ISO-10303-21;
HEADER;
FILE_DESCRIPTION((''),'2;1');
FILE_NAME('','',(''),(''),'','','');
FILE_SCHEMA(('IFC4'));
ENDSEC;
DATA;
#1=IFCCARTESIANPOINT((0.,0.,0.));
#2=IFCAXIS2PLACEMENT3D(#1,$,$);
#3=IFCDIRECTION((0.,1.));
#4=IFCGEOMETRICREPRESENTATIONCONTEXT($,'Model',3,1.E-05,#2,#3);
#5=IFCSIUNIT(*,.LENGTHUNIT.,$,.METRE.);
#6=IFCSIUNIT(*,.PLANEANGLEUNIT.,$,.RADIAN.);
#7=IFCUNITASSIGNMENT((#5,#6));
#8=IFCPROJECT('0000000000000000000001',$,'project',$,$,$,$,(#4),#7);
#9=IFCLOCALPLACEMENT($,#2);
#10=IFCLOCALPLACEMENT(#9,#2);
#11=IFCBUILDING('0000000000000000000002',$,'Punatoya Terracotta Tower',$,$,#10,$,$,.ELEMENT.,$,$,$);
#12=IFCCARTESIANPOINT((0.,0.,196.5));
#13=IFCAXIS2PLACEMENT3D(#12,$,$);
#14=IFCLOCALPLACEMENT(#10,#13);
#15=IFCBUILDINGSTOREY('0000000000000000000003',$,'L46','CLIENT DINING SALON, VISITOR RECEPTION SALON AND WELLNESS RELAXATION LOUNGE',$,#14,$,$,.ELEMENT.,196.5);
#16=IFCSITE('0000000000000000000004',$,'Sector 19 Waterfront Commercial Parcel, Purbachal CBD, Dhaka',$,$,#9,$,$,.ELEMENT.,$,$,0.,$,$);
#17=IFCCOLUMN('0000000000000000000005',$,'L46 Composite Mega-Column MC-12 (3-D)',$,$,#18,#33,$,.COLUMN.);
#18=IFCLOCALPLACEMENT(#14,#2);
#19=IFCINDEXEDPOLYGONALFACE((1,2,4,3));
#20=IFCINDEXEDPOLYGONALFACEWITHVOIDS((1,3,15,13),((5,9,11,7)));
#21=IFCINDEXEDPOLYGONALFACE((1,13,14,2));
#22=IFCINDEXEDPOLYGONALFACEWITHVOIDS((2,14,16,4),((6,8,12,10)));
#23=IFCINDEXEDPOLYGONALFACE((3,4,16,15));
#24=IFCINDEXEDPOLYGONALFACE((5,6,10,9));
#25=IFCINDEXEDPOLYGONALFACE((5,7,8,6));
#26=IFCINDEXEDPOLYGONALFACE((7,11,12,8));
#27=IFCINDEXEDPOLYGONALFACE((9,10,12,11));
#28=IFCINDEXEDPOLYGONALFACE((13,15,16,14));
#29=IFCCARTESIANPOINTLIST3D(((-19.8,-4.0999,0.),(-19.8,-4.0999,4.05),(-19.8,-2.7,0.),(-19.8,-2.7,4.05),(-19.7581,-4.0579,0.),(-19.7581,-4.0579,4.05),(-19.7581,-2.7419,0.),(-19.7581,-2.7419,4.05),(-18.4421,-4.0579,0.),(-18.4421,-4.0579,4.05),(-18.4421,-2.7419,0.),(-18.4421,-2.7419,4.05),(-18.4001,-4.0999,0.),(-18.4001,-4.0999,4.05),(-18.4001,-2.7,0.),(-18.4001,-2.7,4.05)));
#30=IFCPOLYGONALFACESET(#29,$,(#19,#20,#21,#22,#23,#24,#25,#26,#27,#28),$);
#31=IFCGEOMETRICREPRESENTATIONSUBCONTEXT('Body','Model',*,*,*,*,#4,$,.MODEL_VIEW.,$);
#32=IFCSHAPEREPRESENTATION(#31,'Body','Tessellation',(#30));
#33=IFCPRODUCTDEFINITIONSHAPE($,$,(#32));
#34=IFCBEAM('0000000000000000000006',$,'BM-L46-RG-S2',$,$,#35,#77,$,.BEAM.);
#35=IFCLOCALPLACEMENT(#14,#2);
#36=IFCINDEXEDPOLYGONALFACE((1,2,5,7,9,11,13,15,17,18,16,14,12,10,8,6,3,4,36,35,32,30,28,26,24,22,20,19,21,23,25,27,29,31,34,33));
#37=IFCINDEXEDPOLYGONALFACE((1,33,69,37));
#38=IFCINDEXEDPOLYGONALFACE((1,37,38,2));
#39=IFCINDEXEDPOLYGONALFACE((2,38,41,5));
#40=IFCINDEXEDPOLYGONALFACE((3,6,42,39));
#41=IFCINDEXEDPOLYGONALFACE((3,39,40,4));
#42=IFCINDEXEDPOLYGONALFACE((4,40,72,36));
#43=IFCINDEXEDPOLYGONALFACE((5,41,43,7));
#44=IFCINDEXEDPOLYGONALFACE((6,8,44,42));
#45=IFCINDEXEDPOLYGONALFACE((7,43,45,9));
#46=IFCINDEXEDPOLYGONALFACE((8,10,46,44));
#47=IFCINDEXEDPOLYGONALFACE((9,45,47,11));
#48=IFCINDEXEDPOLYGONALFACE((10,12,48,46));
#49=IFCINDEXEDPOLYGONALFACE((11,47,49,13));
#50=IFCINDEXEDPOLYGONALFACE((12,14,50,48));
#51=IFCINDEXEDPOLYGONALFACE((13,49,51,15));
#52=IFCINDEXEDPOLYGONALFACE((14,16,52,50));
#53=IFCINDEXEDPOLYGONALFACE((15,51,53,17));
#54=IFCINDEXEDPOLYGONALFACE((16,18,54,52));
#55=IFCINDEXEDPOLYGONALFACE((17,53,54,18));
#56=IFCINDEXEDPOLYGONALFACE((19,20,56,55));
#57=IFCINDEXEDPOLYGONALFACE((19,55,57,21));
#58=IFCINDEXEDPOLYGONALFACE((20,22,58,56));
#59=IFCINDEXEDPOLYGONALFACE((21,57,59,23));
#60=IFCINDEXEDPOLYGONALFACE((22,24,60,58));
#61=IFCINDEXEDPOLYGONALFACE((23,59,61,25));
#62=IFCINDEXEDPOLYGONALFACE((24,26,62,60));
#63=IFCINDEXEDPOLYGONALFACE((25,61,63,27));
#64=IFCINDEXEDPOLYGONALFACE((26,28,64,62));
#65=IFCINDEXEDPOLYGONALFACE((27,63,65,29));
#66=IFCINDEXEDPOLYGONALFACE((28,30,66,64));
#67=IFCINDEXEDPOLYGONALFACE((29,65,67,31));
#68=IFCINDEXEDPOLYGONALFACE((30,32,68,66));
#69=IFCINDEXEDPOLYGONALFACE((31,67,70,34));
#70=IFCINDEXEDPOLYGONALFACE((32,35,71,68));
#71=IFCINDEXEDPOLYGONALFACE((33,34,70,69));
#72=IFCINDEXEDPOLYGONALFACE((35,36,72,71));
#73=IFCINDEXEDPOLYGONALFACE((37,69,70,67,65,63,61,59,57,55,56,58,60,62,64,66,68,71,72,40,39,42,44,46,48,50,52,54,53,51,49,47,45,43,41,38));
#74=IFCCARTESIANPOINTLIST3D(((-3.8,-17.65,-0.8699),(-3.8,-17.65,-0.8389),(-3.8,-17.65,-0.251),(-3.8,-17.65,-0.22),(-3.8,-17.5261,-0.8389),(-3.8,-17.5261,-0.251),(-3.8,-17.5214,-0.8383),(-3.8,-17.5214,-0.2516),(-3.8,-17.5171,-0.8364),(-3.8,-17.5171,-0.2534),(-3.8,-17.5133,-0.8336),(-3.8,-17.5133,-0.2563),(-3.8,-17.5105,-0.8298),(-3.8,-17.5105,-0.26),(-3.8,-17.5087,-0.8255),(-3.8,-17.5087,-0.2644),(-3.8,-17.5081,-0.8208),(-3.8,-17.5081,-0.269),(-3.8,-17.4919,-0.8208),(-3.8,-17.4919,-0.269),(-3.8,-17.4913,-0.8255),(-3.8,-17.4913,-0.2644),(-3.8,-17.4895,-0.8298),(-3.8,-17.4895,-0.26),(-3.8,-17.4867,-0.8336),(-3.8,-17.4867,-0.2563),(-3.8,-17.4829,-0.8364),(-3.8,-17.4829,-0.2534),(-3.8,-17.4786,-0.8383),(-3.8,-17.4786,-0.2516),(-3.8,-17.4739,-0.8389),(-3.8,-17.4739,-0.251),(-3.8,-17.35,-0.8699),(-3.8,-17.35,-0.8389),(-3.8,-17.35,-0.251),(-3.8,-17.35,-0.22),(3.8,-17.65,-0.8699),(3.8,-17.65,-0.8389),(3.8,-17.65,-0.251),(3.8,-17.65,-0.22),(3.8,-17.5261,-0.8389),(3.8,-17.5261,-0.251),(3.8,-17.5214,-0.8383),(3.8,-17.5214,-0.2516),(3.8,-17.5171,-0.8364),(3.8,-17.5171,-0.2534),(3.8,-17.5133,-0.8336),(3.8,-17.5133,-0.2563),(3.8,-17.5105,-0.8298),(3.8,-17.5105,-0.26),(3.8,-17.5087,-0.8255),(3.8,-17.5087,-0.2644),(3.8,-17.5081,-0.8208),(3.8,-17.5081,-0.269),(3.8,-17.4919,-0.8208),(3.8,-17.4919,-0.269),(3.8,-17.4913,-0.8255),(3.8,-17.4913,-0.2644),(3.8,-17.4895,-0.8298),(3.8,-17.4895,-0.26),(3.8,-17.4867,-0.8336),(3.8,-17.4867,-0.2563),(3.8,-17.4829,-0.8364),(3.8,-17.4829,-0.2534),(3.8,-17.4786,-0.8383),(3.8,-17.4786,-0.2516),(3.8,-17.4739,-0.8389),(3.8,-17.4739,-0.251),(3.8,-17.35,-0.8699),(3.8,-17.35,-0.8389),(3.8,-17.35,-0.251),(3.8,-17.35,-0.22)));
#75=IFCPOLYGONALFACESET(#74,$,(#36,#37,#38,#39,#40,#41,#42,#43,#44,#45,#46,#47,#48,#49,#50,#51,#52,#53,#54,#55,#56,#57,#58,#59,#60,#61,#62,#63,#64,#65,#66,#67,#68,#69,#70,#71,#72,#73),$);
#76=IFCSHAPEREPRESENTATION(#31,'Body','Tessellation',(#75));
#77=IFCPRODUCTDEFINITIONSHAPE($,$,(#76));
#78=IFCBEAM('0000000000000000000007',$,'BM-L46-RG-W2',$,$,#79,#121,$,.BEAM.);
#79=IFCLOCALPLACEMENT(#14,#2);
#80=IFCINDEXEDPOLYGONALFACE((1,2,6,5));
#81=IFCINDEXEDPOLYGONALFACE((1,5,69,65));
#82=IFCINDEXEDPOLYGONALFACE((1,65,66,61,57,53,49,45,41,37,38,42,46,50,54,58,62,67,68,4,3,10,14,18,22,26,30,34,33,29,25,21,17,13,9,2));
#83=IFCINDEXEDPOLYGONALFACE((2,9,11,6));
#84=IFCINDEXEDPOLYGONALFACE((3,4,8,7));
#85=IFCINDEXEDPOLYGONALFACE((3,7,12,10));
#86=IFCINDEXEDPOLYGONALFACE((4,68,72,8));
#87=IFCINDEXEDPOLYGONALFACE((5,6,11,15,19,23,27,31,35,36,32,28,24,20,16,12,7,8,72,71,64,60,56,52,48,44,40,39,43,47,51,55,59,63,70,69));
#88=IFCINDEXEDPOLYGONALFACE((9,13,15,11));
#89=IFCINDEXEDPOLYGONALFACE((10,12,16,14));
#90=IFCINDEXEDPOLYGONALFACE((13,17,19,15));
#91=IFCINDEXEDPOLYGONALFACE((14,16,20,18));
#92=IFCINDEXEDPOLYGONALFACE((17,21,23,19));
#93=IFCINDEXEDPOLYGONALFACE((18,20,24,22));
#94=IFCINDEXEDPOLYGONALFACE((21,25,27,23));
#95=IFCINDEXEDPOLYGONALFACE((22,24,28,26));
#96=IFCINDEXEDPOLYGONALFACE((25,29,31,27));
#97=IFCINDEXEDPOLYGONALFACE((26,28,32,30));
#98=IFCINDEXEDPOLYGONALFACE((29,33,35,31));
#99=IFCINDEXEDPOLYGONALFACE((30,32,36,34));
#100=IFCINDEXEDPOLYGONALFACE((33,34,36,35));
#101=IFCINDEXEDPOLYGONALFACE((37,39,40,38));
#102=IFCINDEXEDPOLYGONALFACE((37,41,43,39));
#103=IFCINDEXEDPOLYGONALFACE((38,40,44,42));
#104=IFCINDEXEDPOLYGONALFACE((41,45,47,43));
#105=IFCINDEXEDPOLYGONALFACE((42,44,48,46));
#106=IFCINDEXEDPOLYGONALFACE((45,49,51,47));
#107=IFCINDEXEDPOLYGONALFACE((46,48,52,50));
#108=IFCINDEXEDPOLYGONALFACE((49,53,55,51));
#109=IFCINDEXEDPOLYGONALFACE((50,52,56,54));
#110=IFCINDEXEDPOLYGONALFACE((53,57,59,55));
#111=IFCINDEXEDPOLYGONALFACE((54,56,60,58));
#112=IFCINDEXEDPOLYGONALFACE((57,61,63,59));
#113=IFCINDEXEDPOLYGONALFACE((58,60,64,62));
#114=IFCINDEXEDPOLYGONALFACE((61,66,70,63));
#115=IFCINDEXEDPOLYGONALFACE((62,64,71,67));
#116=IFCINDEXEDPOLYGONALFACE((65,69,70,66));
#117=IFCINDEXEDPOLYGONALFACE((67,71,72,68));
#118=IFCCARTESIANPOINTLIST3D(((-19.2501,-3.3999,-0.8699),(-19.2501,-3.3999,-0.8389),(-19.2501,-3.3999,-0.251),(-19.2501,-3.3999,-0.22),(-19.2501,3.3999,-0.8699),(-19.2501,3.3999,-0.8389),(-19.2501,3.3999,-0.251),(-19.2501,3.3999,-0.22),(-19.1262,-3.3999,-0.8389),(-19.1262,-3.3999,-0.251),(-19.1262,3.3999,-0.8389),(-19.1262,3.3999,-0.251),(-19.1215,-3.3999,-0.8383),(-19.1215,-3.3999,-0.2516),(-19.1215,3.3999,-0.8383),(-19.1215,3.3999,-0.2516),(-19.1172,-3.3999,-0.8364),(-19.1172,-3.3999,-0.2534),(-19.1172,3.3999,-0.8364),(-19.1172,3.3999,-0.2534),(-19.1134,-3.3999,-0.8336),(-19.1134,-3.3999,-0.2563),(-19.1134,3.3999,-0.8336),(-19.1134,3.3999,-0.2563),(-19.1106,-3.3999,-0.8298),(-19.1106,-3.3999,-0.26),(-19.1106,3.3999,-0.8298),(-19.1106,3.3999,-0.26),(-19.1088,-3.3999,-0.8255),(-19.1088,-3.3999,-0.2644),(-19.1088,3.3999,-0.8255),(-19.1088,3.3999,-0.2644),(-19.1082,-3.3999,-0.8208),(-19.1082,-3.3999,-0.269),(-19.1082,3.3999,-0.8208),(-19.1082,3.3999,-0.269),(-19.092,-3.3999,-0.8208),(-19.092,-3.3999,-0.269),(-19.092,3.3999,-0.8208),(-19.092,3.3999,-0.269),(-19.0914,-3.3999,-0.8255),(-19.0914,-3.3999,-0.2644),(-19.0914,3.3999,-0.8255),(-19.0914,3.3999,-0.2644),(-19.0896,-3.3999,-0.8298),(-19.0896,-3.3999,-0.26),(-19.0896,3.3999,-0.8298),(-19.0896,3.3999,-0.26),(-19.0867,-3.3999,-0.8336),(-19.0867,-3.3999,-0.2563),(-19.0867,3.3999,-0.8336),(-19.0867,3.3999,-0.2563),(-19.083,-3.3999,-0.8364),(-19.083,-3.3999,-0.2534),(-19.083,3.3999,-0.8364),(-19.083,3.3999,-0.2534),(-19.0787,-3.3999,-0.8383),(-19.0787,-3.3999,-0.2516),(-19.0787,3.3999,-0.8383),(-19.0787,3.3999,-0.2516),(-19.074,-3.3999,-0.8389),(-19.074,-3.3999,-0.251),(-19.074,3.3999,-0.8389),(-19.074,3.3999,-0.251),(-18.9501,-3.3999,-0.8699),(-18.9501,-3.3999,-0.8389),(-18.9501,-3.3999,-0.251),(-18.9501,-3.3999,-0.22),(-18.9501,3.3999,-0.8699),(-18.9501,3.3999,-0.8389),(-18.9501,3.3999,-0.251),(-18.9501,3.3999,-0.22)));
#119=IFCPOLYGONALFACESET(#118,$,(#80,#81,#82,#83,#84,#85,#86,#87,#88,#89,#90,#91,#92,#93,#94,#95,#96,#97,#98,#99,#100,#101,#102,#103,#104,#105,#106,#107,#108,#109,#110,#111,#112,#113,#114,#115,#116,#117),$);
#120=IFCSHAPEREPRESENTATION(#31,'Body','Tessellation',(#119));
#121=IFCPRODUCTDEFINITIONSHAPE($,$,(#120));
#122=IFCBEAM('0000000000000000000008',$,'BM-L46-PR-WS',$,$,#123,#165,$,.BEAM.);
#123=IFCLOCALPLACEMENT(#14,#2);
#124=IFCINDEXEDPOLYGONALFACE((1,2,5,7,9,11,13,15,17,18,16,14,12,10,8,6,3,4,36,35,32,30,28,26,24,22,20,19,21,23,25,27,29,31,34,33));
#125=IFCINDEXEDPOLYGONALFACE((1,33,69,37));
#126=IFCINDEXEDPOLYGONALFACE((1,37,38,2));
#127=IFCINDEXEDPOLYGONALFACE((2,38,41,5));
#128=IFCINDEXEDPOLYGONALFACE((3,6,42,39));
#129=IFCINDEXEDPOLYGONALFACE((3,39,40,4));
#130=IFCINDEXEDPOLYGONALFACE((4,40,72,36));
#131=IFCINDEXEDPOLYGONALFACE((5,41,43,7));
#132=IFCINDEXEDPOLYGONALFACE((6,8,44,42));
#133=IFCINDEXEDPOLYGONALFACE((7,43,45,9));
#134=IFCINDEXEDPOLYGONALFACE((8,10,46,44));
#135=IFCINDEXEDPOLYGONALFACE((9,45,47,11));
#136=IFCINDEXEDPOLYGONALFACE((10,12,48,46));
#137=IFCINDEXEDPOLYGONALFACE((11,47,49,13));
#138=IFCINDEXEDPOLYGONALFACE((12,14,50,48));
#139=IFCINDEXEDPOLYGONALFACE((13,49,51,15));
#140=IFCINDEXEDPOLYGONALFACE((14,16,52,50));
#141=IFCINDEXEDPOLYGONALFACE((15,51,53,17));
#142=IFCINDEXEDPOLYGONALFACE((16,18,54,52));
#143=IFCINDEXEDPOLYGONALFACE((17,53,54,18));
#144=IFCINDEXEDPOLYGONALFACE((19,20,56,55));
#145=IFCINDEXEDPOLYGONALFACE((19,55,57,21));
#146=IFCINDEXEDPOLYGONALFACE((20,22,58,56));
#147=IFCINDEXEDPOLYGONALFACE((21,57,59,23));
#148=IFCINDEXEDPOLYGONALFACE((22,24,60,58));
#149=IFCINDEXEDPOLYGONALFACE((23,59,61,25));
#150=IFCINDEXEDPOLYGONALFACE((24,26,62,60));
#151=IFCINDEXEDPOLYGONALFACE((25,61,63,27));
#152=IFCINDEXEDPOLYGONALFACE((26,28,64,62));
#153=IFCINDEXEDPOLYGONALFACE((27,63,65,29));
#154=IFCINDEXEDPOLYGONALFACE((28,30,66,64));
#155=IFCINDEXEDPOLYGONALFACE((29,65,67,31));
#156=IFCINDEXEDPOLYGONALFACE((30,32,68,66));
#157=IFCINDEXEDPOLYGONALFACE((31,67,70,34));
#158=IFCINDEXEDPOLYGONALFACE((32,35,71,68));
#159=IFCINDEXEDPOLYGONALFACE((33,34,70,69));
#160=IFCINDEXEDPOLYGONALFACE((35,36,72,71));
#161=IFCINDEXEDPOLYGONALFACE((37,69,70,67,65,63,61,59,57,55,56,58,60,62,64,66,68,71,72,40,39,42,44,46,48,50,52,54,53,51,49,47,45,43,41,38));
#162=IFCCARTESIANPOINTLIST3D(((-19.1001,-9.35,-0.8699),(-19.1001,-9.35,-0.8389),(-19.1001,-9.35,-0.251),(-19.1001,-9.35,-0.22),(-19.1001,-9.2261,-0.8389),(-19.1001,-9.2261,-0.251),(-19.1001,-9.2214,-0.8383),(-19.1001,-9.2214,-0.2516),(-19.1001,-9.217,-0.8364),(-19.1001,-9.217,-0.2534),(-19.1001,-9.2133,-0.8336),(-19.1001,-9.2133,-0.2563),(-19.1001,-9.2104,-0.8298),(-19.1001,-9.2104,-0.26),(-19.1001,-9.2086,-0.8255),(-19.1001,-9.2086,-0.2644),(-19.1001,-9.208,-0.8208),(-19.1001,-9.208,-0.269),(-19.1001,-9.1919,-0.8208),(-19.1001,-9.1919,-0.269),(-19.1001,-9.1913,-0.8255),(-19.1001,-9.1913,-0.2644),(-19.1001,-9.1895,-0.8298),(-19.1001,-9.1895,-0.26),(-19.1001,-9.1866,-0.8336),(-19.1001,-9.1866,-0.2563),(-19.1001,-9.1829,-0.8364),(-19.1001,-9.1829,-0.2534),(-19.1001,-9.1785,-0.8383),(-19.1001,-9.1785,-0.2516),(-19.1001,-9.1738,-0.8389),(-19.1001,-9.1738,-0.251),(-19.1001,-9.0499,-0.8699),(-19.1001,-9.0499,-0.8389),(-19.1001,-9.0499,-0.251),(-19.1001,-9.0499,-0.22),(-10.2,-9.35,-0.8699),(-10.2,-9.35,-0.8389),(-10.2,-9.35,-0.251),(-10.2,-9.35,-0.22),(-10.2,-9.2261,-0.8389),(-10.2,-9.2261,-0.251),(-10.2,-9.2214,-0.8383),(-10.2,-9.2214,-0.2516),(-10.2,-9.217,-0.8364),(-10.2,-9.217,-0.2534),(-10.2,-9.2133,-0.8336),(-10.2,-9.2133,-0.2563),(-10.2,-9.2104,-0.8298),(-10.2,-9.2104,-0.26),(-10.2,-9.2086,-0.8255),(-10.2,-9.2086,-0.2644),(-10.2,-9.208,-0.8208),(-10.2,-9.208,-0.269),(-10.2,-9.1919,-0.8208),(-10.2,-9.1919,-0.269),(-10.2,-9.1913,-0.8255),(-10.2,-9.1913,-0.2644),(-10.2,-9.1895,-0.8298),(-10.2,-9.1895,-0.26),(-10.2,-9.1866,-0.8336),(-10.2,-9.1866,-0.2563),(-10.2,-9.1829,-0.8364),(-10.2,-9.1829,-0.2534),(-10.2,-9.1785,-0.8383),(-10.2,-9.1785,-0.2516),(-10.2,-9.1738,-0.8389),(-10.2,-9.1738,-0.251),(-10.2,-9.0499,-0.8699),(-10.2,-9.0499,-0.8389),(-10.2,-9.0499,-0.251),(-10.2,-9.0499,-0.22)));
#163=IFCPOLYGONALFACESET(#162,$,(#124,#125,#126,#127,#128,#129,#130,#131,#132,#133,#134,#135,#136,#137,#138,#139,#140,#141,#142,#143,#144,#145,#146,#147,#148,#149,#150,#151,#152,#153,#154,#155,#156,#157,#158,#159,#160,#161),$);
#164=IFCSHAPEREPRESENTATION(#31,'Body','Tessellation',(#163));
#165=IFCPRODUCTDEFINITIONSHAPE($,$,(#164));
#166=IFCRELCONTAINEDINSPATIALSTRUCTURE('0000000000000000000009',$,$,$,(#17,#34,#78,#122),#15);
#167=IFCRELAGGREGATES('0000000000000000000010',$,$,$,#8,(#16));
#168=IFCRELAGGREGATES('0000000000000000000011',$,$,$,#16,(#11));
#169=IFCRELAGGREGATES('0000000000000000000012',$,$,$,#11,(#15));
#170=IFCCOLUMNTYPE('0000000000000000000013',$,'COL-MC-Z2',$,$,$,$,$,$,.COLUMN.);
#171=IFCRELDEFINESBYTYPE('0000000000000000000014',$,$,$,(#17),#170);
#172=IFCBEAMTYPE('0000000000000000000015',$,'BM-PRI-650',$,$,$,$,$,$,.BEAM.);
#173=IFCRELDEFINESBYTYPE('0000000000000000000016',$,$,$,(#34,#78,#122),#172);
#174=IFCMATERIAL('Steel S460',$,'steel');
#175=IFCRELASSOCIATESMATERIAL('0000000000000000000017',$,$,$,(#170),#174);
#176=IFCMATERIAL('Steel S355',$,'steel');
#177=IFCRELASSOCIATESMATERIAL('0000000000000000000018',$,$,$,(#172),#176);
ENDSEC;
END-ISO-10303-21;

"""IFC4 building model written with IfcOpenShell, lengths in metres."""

from ifc_helpers import new_model, si_unit, direction, frame, origin, origin_2d, place, context, subcontext, project, spatial, hollow_rectangle, i_section, extrude, material, material_profile, profile_set, type_object, element, save


model = new_model("IFC4")

# Units and contexts
model_context = context("Model", 3, precision=1e-05, world=origin(), true_north=direction((0.0, 1.0)))
body_context = subcontext(model_context, "Body", "Model", "MODEL_VIEW")
ifc_project = project(units=[si_unit("LENGTHUNIT", "METRE"), si_unit("PLANEANGLEUNIT", "RADIAN")], contexts=[model_context])

# Site, building, storey
site_placement = place(None, origin())
site = spatial("IfcSite", under=ifc_project, at=site_placement, Name="Sector 19 Waterfront Commercial Parcel, Purbachal CBD, Dhaka", CompositionType="ELEMENT", RefElevation=0.0)
building_placement = place(site_placement, origin())
building = spatial("IfcBuilding", under=site, at=building_placement, Name="Punatoya Terracotta Tower", CompositionType="ELEMENT")
storey_placement = place(building_placement, frame((0.0, 0.0, 196.5)))
storey = spatial("IfcBuildingStorey", under=building, at=storey_placement, Name="L46", Description="CLIENT DINING SALON, VISITOR RECEPTION SALON AND WELLNESS RELAXATION LOUNGE", CompositionType="ELEMENT", Elevation=196.5)

# Column
ifc_material_1 = material(Name="Steel S460", Category="steel")
ifc_material_profile_1 = material_profile(ifc_material_1, hollow_rectangle(XDim=1.3999, YDim=1.3999, WallThickness=0.042, at=origin_2d()))
ifc_profile_set_1 = profile_set([ifc_material_profile_1], Name="Steel S460")
column_type = type_object("IfcColumnType", Name="COL-MC-Z2", PredefinedType="COLUMN", material=ifc_profile_set_1)
column_placement = place(storey_placement, frame((-19.1001, -3.3999, 0.0), z_axis=(0.0, 0.0, 1.0), x_axis=(1.0, 0.0, 0.0)))
element("IfcColumn", 1, at=column_placement, inside=storey, type_object=column_type, Name="L46 Composite Mega-Column MC-12 (3-D)", PredefinedType="COLUMN", context=body_context, shape_type="SweptSolid", body=[
    extrude(hollow_rectangle(XDim=1.3999, YDim=1.3999, WallThickness=0.042, at=origin_2d()), origin(), (0.0, 0.0, 1.0), 4.05),
])

# Beams
ifc_material_2 = material(Name="Steel S355", Category="steel")
ifc_material_profile_2 = material_profile(ifc_material_2, i_section(OverallWidth=0.3, OverallDepth=0.6499, WebThickness=0.0161, FlangeThickness=0.031, FilletRadius=0.0181, at=origin_2d()))
ifc_profile_set_2 = profile_set([ifc_material_profile_2], Name="Steel S355")
beam_type_1 = type_object("IfcBeamType", Name="BM-PRI-650", PredefinedType="BEAM", material=ifc_profile_set_2)
beam_1_placement = place(storey_placement, frame((-3.8, -17.5, -0.5449), z_axis=(1.0, 0.0, 0.0), x_axis=(0.0, 1.0, 0.0)))
element("IfcBeam", 2, at=beam_1_placement, inside=storey, type_object=beam_type_1, Name="BM-L46-RG-S2", PredefinedType="BEAM", context=body_context, shape_type="SweptSolid", body=[
    extrude(i_section(OverallWidth=0.3, OverallDepth=0.6499, WebThickness=0.0161, FlangeThickness=0.031, FilletRadius=0.0181, at=origin_2d()), origin(), (0.0, 0.0, 1.0), 7.6001),
])
beam_2_placement = place(storey_placement, frame((-19.1001, -3.3999, -0.5449), z_axis=(0.0, 1.0, 0.0), x_axis=(-1.0, 0.0, 0.0)))
element("IfcBeam", 3, at=beam_2_placement, inside=storey, type_object=beam_type_1, Name="BM-L46-RG-W2", PredefinedType="BEAM", context=body_context, shape_type="SweptSolid", body=[
    extrude(i_section(OverallWidth=0.3, OverallDepth=0.6499, WebThickness=0.0161, FlangeThickness=0.031, FilletRadius=0.0181, at=origin_2d()), origin(), (0.0, 0.0, 1.0), 6.7998),
])
for number, where, z_axis, x_axis, name in (
    (4, (-19.1001, -9.2, -0.5449), (1.0, 0.0, 0.0), (0.0, 1.0, 0.0), "BM-L46-PR-WS"),
):
    element("IfcBeam", number, at=place(storey_placement, frame(where, z_axis=z_axis, x_axis=x_axis)), inside=storey, type_object=beam_type_1, Name=name, PredefinedType="BEAM", context=body_context, shape_type="SweptSolid", body=[
        extrude(i_section(OverallWidth=0.3, OverallDepth=0.6499, WebThickness=0.0161, FlangeThickness=0.031, FilletRadius=0.0181, at=origin_2d()), origin(), (0.0, 0.0, 1.0), 8.9001),
    ])

save(model, "model.ifc")
